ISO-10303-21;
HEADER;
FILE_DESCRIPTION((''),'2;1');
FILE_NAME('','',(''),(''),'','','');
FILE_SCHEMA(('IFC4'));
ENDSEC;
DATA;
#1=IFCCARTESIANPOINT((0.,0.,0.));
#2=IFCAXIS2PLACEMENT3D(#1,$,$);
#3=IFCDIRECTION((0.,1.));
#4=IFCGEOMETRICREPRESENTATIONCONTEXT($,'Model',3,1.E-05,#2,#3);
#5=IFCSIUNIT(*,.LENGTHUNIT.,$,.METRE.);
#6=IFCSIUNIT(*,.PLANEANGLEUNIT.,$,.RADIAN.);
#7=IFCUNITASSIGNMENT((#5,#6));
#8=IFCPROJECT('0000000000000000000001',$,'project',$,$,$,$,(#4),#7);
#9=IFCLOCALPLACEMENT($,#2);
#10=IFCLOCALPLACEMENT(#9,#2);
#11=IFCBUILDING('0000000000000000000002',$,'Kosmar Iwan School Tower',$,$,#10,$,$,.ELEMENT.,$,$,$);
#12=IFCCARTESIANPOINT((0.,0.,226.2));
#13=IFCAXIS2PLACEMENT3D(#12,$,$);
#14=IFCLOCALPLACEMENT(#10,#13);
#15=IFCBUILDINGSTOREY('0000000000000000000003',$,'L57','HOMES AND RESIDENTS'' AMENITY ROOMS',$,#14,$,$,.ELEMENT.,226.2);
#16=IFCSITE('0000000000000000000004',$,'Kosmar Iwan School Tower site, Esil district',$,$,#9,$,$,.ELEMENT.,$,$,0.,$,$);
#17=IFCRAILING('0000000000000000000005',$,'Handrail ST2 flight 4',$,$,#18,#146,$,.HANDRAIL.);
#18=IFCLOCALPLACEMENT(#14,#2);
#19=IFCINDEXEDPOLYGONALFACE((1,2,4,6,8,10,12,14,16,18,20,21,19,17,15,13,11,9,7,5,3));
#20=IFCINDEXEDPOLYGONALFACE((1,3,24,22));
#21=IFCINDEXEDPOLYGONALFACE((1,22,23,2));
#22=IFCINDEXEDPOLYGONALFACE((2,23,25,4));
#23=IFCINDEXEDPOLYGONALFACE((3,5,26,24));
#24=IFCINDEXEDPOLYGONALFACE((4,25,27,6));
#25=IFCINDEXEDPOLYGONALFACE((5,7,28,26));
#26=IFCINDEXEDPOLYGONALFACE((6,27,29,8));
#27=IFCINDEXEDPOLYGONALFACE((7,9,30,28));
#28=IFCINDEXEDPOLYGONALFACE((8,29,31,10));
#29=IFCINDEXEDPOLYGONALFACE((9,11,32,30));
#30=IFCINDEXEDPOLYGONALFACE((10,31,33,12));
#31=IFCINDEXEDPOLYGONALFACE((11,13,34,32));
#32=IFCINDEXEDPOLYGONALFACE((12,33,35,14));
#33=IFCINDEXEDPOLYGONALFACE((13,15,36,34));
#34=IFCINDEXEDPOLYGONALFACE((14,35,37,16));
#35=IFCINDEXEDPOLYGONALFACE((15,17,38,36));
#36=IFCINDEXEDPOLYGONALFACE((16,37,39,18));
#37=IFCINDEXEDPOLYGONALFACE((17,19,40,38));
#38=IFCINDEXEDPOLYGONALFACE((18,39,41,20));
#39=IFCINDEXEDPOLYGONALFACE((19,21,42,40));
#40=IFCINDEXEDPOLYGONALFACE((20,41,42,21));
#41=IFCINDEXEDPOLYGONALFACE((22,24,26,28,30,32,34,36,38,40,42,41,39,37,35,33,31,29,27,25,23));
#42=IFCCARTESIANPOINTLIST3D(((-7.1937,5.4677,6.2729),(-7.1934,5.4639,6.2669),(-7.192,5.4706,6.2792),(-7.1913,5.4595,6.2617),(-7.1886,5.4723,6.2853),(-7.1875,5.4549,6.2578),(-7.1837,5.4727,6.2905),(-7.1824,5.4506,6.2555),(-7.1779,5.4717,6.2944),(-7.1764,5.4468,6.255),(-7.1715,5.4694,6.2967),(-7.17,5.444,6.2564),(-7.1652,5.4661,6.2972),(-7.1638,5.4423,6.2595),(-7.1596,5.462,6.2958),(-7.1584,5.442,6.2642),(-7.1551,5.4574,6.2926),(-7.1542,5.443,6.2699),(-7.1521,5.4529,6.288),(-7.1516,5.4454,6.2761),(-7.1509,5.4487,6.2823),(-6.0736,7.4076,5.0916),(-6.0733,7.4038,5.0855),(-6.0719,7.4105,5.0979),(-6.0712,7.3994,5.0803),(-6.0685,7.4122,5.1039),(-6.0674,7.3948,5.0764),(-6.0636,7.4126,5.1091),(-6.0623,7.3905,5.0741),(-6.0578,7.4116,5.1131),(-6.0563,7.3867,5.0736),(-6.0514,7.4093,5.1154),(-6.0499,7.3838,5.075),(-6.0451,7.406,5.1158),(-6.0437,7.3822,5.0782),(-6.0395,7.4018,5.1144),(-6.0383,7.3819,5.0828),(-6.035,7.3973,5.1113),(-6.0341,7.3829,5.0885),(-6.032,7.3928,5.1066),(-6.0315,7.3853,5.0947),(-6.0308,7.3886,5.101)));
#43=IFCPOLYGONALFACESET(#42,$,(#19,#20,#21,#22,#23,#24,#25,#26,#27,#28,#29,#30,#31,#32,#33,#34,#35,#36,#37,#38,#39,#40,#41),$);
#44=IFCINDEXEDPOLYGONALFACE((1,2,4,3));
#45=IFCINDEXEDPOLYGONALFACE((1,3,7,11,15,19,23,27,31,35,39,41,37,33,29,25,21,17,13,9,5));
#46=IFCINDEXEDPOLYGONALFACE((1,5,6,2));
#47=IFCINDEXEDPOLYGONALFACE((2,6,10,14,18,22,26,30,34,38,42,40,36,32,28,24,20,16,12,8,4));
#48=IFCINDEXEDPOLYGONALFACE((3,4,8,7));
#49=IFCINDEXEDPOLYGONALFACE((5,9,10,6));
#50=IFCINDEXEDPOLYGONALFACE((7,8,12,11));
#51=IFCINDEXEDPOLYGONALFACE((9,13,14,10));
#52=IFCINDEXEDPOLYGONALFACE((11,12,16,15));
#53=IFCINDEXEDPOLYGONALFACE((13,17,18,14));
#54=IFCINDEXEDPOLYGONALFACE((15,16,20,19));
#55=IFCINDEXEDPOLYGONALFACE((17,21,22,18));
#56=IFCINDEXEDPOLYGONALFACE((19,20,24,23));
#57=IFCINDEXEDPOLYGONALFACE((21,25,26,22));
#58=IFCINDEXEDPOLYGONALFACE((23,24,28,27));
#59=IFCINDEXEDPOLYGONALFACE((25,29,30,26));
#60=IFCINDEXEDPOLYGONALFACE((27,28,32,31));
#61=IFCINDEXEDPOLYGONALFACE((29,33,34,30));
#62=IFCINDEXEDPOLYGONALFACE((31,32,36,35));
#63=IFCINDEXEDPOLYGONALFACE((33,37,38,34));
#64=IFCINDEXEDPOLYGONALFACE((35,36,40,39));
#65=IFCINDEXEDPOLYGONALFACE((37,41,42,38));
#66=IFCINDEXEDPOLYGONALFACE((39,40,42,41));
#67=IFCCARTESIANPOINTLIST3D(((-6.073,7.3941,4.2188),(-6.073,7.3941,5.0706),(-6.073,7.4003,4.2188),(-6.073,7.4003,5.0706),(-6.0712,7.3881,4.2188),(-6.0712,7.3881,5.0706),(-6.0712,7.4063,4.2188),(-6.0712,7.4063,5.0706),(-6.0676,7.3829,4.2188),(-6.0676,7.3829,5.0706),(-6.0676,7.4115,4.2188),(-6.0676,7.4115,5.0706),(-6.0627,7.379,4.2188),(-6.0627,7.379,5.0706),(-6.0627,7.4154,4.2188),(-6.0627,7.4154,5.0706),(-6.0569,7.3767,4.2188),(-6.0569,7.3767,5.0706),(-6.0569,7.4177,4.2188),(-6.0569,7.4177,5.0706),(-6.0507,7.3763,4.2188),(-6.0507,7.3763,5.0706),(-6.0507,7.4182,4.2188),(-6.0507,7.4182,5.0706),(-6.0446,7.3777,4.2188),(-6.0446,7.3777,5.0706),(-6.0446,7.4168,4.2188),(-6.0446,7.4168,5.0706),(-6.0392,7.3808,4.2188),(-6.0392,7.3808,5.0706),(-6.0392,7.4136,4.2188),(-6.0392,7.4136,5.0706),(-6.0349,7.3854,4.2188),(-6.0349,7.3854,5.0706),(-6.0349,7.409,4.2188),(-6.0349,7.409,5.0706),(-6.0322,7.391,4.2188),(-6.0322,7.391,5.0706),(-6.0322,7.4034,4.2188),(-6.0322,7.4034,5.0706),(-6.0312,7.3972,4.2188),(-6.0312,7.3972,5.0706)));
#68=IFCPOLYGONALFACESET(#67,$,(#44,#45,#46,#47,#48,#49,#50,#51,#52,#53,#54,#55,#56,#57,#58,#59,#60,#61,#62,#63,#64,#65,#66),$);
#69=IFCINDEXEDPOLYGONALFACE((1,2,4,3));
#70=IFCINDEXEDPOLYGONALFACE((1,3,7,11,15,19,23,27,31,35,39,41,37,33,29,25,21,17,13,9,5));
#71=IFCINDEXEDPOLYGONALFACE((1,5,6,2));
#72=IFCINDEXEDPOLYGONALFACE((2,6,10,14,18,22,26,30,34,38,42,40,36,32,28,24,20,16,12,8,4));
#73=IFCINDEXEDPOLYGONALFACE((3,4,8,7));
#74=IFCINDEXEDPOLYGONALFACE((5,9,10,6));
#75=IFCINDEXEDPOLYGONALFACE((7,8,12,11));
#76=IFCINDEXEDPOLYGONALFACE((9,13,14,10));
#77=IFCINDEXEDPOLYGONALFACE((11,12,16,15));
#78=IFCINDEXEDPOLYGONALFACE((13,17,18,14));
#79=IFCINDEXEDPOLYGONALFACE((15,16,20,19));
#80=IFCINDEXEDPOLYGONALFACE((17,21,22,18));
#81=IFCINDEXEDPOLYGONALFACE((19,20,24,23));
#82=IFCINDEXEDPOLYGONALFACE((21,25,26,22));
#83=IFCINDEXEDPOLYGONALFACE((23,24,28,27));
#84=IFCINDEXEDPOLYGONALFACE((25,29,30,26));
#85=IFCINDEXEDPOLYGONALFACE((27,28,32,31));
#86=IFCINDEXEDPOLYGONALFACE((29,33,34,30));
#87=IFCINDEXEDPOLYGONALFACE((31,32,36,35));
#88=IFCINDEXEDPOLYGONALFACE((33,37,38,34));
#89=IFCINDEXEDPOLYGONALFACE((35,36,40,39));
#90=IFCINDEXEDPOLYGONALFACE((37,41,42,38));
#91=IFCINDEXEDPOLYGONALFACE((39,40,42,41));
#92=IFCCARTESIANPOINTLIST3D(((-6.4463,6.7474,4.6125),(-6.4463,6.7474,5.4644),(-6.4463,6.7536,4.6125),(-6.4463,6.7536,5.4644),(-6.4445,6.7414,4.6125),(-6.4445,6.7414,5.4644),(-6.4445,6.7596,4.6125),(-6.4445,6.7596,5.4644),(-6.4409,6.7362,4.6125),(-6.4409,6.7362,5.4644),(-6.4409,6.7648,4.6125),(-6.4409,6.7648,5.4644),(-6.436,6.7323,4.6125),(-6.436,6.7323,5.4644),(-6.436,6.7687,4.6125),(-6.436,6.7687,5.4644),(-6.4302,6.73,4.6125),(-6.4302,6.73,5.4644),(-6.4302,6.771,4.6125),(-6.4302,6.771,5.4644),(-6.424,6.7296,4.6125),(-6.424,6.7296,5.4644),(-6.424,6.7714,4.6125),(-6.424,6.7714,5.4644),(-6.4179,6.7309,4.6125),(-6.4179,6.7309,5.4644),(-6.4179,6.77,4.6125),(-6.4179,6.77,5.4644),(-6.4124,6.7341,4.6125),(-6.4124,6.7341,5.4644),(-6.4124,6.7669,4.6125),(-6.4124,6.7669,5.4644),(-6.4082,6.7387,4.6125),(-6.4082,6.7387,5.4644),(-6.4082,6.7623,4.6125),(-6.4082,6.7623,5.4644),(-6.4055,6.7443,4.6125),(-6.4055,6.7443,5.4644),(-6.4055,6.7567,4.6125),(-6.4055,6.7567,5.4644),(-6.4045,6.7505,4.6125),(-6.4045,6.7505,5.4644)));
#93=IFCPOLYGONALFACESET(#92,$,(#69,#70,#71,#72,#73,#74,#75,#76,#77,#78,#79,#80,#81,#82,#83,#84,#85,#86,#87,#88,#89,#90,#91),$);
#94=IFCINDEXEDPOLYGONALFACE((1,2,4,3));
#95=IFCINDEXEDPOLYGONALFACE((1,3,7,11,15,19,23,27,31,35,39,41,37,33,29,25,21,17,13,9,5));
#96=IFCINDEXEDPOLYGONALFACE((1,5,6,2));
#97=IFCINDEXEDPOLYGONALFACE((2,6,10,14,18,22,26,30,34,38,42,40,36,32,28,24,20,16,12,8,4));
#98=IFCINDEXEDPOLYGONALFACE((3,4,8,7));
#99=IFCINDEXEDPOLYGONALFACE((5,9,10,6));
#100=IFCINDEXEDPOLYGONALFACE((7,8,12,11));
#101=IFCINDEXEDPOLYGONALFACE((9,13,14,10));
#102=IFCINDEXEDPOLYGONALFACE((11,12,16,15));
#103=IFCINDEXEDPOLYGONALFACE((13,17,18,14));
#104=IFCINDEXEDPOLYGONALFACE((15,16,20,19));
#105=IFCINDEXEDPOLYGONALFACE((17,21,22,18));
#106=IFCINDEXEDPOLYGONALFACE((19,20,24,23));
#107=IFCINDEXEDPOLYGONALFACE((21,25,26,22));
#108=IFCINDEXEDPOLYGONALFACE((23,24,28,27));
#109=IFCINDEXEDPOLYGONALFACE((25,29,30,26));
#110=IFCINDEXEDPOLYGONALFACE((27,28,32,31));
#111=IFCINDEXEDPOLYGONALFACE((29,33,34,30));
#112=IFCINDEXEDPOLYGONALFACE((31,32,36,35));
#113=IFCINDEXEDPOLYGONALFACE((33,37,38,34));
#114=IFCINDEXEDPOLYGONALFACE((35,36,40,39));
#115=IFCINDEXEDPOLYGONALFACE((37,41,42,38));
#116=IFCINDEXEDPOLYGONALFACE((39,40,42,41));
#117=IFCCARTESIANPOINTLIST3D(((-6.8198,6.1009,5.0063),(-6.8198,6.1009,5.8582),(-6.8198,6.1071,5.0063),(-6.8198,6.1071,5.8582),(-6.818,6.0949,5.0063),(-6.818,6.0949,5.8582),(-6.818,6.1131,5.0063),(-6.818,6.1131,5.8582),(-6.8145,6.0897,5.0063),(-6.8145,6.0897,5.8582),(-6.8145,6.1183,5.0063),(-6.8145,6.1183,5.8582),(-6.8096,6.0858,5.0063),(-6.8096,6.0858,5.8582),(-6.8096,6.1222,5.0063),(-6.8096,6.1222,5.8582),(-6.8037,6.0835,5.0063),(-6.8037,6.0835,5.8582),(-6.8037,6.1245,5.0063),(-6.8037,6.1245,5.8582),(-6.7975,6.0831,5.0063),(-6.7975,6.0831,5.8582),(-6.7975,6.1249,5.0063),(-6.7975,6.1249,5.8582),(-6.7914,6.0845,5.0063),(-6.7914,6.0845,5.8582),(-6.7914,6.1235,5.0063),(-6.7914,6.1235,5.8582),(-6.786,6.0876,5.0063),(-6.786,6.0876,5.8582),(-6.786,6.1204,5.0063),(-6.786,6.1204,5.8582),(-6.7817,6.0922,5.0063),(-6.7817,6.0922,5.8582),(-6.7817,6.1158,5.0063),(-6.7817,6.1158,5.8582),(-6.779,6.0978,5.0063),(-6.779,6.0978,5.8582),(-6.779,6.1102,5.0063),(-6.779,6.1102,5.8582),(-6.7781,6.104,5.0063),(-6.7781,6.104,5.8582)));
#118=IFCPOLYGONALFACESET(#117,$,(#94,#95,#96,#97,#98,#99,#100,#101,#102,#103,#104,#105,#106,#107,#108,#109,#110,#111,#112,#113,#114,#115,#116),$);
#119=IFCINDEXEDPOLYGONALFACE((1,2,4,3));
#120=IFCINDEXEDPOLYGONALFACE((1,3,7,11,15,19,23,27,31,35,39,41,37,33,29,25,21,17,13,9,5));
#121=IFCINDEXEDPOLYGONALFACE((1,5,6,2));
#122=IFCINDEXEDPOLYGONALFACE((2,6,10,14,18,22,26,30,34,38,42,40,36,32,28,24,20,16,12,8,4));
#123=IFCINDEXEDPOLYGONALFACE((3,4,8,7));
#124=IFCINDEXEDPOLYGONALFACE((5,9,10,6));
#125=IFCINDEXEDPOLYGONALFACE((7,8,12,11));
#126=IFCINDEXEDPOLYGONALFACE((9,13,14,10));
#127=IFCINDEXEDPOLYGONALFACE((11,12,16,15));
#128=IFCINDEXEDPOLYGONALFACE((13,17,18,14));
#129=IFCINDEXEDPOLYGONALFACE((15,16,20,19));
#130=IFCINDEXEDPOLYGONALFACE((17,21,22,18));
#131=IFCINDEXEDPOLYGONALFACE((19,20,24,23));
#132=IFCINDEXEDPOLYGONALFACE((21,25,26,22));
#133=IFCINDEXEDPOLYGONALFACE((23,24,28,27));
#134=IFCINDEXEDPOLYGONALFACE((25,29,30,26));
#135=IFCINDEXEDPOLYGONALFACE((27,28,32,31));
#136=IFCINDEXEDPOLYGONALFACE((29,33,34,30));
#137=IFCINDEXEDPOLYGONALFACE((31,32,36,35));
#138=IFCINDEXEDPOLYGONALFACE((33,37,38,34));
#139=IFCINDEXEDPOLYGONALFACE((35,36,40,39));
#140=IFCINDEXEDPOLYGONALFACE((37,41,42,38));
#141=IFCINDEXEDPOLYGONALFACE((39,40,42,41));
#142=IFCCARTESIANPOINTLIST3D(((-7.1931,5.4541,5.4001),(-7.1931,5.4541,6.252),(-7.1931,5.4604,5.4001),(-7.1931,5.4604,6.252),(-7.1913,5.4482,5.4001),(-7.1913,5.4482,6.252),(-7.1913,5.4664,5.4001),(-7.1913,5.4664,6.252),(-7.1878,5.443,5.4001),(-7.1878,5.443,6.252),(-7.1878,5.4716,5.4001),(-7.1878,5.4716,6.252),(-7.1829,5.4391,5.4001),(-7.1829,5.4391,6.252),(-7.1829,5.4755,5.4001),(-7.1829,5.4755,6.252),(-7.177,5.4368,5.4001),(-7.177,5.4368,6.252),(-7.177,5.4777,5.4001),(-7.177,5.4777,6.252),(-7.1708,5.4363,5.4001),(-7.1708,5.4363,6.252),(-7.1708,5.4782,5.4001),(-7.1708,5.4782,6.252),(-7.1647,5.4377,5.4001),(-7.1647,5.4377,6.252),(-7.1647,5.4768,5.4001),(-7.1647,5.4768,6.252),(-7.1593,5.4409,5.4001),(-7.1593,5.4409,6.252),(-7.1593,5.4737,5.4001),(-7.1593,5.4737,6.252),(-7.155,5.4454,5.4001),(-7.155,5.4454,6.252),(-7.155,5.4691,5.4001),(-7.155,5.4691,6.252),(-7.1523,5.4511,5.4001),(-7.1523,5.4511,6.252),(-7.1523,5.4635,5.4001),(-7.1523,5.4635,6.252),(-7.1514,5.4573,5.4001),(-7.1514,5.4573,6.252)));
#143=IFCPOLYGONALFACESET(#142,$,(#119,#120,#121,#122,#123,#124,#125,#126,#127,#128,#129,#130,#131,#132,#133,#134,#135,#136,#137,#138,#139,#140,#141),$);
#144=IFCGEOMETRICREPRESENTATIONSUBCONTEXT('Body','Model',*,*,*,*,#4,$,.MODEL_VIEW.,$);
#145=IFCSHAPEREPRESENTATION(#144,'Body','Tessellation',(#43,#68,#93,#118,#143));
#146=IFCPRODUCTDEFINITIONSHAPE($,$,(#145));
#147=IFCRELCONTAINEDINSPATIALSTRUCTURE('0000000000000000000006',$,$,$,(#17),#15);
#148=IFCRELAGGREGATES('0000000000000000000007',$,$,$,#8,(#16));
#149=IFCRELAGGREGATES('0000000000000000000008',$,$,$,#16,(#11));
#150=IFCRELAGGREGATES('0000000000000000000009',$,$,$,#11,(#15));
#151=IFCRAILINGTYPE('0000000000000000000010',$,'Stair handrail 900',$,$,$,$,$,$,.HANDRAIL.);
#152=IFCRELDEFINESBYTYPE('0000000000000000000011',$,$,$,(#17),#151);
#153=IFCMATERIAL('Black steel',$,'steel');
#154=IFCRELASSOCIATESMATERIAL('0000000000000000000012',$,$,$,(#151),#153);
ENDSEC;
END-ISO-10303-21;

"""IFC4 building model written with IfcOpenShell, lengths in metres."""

from ifc_helpers import new_model, si_unit, direction, frame, origin, origin_2d, place, context, subcontext, project, spatial, circle, extrude, material, type_object, element, save


model = new_model("IFC4")

# Units and contexts
model_context = context("Model", 3, precision=1e-05, world=origin(), true_north=direction((0.0, 1.0)))
body_context = subcontext(model_context, "Body", "Model", "MODEL_VIEW")
ifc_project = project(units=[si_unit("LENGTHUNIT", "METRE"), si_unit("PLANEANGLEUNIT", "RADIAN")], contexts=[model_context])

# Site, building, storey
site_placement = place(None, origin())
site = spatial("IfcSite", under=ifc_project, at=site_placement, Name="Kosmar Iwan School Tower site, Esil district", CompositionType="ELEMENT", RefElevation=0.0)
building_placement = place(site_placement, origin())
building = spatial("IfcBuilding", under=site, at=building_placement, Name="Kosmar Iwan School Tower", CompositionType="ELEMENT")
storey_placement = place(building_placement, frame((0.0, 0.0, 226.2)))
storey = spatial("IfcBuildingStorey", under=building, at=storey_placement, Name="L57", Description="HOMES AND RESIDENTS' AMENITY ROOMS", CompositionType="ELEMENT", Elevation=226.2)

# Railing
ifc_material_1 = material(Name="Black steel", Category="steel")
railing_type = type_object("IfcRailingType", Name="Stair handrail 900", PredefinedType="HANDRAIL", material=ifc_material_1)
railing_1_placement = place(storey_placement, frame((-6.0522, 7.3972, 4.2188)))
element("IfcRailing", 1, at=railing_1_placement, inside=storey, type_object=railing_type, Name="Handrail ST2 flight 4", PredefinedType="HANDRAIL", context=body_context, shape_type="SweptSolid", body=[
    extrude(circle(Radius=0.0239, at=origin_2d()), frame((0.0, 0.0, 0.876), z_axis=(-0.442291, -0.766008, 0.466488), x_axis=(0.866008, -0.500031, 0.0)), (0.0, 0.0, 1.0), 2.5325),
    extrude(circle(Radius=0.021, at=origin_2d()), origin(), (0.0, 0.0, 1.0), 0.8518),
    extrude(circle(Radius=0.021, at=origin_2d()), frame((-0.3733, -0.6467, 0.3938)), (0.0, 0.0, 1.0), 0.8518),
    extrude(circle(Radius=0.021, at=origin_2d()), frame((-0.7468, -1.2932, 0.7876)), (0.0, 0.0, 1.0), 0.8518),
    extrude(circle(Radius=0.021, at=origin_2d()), frame((-1.1201, -1.9399, 1.1814)), (0.0, 0.0, 1.0), 0.8518),
])

save(model, "model.ifc")
